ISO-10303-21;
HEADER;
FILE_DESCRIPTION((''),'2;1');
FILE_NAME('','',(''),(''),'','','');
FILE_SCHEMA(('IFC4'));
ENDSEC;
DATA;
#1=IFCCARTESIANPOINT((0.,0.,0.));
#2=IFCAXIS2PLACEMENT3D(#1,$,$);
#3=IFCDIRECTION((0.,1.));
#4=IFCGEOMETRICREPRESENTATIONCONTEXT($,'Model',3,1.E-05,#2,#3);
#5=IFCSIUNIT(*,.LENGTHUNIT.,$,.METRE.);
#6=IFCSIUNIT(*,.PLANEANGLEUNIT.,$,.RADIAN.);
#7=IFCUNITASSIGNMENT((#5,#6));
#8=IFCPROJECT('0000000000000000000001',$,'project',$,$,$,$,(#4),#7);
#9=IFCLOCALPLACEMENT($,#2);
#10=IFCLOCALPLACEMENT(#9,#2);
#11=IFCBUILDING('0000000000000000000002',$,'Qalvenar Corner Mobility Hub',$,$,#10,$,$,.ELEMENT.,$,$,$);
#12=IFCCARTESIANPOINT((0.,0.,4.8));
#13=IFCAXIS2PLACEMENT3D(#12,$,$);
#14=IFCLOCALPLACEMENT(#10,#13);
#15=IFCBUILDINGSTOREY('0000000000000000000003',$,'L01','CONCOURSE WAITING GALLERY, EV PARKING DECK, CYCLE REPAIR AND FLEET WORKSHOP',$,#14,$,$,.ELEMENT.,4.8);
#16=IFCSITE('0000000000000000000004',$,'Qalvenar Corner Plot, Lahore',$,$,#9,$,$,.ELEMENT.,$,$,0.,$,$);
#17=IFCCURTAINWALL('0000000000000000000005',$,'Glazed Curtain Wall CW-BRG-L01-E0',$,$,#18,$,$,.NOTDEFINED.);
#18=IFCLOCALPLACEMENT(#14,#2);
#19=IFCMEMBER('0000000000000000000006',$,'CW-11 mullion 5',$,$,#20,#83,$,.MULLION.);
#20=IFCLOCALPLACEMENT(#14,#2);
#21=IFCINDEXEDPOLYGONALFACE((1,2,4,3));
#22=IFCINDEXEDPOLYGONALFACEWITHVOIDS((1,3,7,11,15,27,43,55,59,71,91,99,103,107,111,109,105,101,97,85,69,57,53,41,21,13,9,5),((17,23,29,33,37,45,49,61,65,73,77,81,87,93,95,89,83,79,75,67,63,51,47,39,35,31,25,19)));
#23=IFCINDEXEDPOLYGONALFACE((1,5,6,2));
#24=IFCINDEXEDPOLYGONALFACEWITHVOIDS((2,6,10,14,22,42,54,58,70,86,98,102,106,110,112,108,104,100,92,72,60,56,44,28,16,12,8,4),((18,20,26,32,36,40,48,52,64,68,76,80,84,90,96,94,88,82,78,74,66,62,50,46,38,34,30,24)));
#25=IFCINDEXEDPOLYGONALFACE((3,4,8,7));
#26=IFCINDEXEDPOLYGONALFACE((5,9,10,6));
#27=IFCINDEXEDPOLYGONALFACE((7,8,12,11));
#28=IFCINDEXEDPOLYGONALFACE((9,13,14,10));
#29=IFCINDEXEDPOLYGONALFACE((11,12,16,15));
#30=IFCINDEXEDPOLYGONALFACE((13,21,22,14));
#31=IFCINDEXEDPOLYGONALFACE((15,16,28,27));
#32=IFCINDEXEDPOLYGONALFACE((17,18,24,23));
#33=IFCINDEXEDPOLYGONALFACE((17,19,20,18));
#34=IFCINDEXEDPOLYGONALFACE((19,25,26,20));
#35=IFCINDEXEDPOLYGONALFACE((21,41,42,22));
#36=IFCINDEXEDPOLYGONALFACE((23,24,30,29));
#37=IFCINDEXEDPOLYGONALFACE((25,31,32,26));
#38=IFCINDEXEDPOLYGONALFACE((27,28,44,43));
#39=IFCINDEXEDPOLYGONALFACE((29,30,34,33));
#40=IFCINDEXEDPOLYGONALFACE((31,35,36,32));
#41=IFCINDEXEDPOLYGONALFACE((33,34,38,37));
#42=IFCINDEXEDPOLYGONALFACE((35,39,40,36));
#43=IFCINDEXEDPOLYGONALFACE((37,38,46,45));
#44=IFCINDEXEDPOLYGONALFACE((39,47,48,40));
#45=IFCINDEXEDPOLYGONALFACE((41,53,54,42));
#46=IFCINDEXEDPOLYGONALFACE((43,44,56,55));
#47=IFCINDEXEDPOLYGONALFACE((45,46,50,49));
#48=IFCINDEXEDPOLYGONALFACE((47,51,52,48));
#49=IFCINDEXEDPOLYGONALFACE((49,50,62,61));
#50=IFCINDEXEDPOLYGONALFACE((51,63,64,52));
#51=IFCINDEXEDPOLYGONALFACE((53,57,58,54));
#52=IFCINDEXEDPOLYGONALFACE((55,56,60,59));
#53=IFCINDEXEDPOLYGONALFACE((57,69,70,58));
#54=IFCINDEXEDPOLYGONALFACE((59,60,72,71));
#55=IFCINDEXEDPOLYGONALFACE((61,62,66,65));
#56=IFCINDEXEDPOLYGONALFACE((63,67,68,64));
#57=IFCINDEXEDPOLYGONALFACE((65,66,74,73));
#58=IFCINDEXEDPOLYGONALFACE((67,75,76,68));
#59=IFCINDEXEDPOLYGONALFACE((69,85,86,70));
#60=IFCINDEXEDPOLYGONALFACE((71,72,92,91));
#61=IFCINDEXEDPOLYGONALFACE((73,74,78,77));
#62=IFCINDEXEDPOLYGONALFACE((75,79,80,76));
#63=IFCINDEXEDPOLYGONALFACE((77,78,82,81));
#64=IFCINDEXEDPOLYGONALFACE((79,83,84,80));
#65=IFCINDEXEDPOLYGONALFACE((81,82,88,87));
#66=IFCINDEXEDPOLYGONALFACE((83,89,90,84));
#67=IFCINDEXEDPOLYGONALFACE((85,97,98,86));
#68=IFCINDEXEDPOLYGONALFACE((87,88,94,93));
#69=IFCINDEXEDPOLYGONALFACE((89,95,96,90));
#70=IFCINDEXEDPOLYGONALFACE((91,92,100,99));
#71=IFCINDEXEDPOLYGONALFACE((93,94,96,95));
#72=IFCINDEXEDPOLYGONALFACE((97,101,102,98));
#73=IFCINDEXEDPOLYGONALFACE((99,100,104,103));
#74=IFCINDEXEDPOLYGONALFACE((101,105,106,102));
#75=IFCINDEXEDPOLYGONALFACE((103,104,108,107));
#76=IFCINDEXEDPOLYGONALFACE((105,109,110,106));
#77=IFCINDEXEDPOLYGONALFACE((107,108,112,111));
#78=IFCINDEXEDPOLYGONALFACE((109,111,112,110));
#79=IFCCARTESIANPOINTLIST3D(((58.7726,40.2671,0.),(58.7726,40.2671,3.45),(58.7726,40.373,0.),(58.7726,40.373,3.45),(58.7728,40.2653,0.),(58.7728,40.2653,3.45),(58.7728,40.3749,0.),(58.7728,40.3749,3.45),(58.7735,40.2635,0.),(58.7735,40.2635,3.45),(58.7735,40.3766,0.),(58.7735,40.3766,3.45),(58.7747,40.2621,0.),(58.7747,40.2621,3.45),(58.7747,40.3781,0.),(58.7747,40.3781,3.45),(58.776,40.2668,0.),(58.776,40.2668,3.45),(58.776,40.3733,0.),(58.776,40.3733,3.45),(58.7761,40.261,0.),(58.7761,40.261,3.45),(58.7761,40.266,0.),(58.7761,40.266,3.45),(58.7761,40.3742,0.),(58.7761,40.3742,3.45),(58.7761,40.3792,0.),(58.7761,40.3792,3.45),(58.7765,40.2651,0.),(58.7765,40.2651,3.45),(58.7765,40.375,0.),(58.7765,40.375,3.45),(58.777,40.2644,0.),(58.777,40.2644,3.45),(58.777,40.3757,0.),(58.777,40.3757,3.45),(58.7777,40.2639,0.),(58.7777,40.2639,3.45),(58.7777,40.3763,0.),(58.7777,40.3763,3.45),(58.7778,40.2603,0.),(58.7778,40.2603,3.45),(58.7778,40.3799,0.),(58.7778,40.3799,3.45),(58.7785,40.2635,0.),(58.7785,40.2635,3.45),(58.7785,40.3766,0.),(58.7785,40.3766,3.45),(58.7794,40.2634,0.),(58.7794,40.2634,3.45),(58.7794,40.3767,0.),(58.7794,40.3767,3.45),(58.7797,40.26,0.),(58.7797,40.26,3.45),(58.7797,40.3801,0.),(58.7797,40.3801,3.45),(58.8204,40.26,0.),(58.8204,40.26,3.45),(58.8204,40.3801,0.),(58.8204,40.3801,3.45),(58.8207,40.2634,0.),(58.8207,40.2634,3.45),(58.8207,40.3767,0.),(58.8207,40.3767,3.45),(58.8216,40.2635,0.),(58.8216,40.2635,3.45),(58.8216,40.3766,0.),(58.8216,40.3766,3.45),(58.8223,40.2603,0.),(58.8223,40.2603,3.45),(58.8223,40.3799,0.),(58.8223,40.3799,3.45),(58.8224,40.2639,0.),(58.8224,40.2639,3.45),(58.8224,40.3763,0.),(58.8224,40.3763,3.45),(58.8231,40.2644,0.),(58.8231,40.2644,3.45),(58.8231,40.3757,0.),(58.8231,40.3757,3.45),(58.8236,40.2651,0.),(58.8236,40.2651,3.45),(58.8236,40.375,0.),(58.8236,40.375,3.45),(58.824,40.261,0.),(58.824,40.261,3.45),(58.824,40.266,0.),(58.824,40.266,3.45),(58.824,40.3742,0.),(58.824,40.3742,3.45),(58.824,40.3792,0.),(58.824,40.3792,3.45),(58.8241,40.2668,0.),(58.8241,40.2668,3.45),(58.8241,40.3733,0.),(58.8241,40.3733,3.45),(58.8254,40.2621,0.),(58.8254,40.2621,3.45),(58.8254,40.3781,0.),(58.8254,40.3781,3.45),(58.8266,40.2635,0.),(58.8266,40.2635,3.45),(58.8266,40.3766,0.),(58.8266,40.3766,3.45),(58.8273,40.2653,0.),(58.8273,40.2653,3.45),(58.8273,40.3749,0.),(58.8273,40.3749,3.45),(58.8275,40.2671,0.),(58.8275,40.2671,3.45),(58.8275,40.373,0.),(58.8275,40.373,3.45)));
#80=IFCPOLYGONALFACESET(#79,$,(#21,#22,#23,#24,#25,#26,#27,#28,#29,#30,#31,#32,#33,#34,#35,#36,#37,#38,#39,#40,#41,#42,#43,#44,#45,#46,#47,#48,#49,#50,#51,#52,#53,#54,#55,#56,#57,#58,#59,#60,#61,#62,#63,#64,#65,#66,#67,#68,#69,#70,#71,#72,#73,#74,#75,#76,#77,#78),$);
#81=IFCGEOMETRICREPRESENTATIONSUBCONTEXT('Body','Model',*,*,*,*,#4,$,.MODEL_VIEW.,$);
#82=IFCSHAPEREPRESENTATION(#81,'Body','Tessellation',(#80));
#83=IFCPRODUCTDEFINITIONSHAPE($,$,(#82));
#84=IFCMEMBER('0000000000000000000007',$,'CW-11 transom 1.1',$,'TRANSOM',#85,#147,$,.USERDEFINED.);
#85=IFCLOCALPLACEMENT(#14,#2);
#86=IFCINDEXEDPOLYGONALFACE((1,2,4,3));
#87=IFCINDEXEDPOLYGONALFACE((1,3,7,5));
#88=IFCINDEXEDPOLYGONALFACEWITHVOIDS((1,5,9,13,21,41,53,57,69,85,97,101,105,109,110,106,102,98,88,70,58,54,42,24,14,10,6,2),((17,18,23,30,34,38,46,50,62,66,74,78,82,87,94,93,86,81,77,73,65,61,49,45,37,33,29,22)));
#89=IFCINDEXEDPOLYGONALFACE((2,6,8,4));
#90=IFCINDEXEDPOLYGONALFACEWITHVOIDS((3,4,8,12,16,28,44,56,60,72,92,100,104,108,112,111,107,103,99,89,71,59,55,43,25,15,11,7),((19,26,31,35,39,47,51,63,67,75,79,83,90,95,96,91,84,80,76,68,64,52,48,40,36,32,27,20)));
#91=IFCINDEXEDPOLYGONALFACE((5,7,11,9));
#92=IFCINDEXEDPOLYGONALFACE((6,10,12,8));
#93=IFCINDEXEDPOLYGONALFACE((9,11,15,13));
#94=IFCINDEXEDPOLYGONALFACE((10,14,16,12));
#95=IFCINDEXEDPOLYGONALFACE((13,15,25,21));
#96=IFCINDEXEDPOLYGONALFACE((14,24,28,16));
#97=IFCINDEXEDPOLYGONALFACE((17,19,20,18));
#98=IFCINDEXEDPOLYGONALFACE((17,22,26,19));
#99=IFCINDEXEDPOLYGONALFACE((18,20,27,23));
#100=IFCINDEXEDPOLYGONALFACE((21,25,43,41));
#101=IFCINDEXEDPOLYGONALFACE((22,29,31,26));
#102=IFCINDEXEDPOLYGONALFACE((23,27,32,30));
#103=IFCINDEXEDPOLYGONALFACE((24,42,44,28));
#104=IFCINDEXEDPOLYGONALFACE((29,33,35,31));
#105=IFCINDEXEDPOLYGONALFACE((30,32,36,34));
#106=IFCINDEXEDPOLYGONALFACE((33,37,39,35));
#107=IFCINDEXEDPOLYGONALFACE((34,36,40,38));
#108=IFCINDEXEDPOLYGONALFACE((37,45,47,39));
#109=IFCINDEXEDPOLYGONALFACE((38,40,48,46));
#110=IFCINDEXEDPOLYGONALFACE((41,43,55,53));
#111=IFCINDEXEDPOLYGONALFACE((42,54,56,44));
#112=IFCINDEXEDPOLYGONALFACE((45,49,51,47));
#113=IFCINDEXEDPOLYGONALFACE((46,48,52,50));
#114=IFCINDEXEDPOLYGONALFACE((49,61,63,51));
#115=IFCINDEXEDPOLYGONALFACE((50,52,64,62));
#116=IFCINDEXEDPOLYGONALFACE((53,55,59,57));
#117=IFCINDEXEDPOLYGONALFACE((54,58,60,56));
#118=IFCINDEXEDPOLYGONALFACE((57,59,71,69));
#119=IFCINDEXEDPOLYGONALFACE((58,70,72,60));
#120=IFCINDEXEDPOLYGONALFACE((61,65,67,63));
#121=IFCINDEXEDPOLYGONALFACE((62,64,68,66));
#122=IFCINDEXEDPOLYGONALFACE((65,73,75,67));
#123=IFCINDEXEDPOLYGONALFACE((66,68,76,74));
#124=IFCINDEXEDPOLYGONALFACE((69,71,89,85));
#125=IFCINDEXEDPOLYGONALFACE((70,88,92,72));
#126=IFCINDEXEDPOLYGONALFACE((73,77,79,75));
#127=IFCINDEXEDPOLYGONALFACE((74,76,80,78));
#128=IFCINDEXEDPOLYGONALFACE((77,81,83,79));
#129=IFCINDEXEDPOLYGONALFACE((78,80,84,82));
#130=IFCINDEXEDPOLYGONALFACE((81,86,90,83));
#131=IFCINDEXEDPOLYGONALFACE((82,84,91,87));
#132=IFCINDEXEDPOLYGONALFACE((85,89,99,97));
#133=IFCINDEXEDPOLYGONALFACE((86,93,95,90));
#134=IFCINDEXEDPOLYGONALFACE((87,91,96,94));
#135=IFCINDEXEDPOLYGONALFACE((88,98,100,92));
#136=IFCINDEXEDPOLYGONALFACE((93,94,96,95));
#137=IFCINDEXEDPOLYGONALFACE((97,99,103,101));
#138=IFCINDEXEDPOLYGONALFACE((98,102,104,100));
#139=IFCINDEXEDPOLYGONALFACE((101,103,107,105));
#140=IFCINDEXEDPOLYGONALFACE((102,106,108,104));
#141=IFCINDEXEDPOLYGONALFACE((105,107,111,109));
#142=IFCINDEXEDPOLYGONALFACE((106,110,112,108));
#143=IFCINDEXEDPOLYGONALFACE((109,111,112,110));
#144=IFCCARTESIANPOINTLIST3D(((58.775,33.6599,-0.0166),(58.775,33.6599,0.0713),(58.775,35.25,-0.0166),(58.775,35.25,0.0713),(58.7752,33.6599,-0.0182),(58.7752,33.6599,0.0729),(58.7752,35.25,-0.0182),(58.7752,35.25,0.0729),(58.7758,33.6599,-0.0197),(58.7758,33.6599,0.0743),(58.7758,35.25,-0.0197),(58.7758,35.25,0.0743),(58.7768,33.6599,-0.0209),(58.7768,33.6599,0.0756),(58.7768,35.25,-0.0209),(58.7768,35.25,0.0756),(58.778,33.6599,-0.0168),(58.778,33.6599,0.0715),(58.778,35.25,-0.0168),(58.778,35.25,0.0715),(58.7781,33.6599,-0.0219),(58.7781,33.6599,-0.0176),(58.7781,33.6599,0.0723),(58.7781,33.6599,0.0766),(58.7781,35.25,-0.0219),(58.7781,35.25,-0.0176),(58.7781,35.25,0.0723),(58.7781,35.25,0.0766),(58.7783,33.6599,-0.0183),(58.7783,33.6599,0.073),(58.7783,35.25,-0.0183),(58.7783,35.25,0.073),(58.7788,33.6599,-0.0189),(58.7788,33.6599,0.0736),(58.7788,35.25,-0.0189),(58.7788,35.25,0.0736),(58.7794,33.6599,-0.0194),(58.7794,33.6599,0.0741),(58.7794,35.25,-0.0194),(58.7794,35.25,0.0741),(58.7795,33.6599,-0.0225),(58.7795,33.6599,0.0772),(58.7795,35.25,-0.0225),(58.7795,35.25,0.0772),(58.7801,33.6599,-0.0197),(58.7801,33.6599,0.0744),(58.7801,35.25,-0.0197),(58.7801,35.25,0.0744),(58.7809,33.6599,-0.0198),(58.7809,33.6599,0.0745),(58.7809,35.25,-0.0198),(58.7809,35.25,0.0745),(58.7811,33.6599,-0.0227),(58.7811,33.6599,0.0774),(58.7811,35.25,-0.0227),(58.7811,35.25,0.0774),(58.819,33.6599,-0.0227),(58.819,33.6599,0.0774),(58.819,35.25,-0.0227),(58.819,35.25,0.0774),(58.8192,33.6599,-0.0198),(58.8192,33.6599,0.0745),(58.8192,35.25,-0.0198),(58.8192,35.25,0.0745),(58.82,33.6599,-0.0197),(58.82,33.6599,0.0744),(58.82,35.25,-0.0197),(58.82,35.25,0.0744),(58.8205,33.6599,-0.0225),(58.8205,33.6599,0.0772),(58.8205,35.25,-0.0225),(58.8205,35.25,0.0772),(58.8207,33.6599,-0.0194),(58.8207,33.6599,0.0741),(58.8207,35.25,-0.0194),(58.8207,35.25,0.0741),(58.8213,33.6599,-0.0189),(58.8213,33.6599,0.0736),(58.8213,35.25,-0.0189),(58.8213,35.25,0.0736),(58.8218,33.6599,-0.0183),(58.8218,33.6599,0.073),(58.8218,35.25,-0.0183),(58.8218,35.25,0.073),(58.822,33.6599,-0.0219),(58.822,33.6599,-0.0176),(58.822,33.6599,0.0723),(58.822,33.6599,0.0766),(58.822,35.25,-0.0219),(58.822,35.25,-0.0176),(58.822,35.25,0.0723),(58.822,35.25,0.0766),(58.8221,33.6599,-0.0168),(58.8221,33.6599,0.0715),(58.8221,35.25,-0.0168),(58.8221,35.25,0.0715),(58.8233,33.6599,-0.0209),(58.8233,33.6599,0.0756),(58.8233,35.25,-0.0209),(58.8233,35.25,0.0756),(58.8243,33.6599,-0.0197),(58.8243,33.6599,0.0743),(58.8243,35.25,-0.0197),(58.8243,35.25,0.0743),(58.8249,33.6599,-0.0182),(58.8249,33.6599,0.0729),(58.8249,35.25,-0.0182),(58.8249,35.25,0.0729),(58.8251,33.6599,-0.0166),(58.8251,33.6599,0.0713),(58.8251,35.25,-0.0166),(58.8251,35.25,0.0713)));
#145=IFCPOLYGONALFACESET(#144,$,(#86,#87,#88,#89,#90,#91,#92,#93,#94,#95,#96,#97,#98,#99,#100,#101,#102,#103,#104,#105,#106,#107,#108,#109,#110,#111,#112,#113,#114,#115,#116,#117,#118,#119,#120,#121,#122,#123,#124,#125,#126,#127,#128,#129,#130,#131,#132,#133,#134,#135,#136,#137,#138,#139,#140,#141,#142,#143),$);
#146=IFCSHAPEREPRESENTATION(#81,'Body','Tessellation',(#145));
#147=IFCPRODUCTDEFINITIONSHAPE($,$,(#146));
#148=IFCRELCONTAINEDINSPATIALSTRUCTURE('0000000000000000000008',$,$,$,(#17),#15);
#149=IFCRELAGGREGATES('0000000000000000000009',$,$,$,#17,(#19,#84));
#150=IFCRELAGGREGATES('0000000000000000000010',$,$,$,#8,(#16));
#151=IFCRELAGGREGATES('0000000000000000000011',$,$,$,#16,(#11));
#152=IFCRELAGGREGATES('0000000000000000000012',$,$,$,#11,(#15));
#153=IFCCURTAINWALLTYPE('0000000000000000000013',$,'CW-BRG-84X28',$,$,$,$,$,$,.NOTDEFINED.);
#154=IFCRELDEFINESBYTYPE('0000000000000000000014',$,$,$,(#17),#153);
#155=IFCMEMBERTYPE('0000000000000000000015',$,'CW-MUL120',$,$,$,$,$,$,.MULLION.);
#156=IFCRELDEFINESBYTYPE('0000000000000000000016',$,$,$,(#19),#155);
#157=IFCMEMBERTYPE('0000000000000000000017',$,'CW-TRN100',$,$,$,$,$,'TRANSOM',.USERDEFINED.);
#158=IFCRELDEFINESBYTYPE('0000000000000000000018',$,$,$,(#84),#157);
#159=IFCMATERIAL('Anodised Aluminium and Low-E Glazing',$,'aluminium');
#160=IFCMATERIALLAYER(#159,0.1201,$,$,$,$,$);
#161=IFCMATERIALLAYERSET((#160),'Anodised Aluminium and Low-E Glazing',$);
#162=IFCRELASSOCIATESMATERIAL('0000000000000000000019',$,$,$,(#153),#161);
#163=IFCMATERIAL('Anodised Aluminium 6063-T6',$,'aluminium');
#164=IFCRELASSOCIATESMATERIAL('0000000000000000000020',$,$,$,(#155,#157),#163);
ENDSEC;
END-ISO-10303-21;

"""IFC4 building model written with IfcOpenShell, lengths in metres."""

from ifc_helpers import new_model, si_unit, direction, frame, origin, origin_2d, place, context, subcontext, project, spatial, hollow_rectangle, extrude, material, layer, layer_set, material_profile, profile_set, type_object, element, aggregate, save


model = new_model("IFC4")

# Units and contexts
model_context = context("Model", 3, precision=1e-05, world=origin(), true_north=direction((0.0, 1.0)))
body_context = subcontext(model_context, "Body", "Model", "MODEL_VIEW")
ifc_project = project(units=[si_unit("LENGTHUNIT", "METRE"), si_unit("PLANEANGLEUNIT", "RADIAN")], contexts=[model_context])

# Site, building, storey
site_placement = place(None, origin())
site = spatial("IfcSite", under=ifc_project, at=site_placement, Name="Qalvenar Corner Plot, Lahore", CompositionType="ELEMENT", RefElevation=0.0)
building_placement = place(site_placement, origin())
building = spatial("IfcBuilding", under=site, at=building_placement, Name="Qalvenar Corner Mobility Hub", CompositionType="ELEMENT")
storey_placement = place(building_placement, frame((0.0, 0.0, 4.8)))
storey = spatial("IfcBuildingStorey", under=building, at=storey_placement, Name="L01", Description="CONCOURSE WAITING GALLERY, EV PARKING DECK, CYCLE REPAIR AND FLEET WORKSHOP", CompositionType="ELEMENT", Elevation=4.8)

# Curtain wall, members
ifc_material_1 = material(Name="Anodised Aluminium and Low-E Glazing", Category="aluminium")
ifc_layer_1 = layer(ifc_material_1, 0.1201)
ifc_layer_set_1 = layer_set([ifc_layer_1], Name="Anodised Aluminium and Low-E Glazing")
curtain_wall_type = type_object("IfcCurtainWallType", Name="CW-BRG-84X28", PredefinedType="NOTDEFINED", material=ifc_layer_set_1)
curtain_wall_placement = place(storey_placement, origin())
curtain_wall = element("IfcCurtainWall", 1, at=curtain_wall_placement, inside=storey, type_object=curtain_wall_type, Name="Glazed Curtain Wall CW-BRG-L01-E0", PredefinedType="NOTDEFINED")
ifc_material_2 = material(Name="Anodised Aluminium 6063-T6", Category="aluminium")
ifc_material_profile_1 = material_profile(ifc_material_2, hollow_rectangle(XDim=0.0549, YDim=0.1201, WallThickness=0.0034, InnerFilletRadius=0.0034, OuterFilletRadius=0.0071, at=origin_2d()), Name="RHS120x55x3.5")
ifc_profile_set_1 = profile_set([ifc_material_profile_1], Name="Anodised Aluminium 6063-T6")
member_type_1 = type_object("IfcMemberType", Name="CW-MUL120", PredefinedType="MULLION", material=ifc_profile_set_1)
member_1_placement = place(storey_placement, frame((58.8, 40.3201, 0.0), z_axis=(0.0, 0.0, 1.0), x_axis=(-1.0, 0.0, 0.0)))
member_1 = element("IfcMember", 2, at=member_1_placement, type_object=member_type_1, Name="CW-11 mullion 5", PredefinedType="MULLION", context=body_context, shape_type="SweptSolid", body=[
    extrude(hollow_rectangle(XDim=0.0549, YDim=0.1201, WallThickness=0.0034, InnerFilletRadius=0.0034, OuterFilletRadius=0.0071, at=origin_2d()), origin(), (0.0, 0.0, 1.0), 3.45),
])
ifc_material_profile_2 = material_profile(ifc_material_2, hollow_rectangle(XDim=0.05, YDim=0.1001, WallThickness=0.0029, InnerFilletRadius=0.0029, OuterFilletRadius=0.0061, at=origin_2d()), Name="RHS100x50x3")
ifc_profile_set_2 = profile_set([ifc_material_profile_2], Name="Anodised Aluminium 6063-T6")
member_type_2 = type_object("IfcMemberType", Name="CW-TRN100", ElementType="TRANSOM", PredefinedType="USERDEFINED", material=ifc_profile_set_2)
member_2_placement = place(storey_placement, frame((58.8, 33.6599, 0.0273), z_axis=(0.0, 1.0, 0.0), x_axis=(-1.0, 0.0, 0.0)))
member_2 = element("IfcMember", 3, at=member_2_placement, type_object=member_type_2, Name="CW-11 transom 1.1", ObjectType="TRANSOM", PredefinedType="USERDEFINED", context=body_context, shape_type="SweptSolid", body=[
    extrude(hollow_rectangle(XDim=0.05, YDim=0.1001, WallThickness=0.0029, InnerFilletRadius=0.0029, OuterFilletRadius=0.0061, at=origin_2d()), origin(), (0.0, 0.0, 1.0), 1.5901),
])
aggregate(curtain_wall, [member_1, member_2])

save(model, "model.ifc")
